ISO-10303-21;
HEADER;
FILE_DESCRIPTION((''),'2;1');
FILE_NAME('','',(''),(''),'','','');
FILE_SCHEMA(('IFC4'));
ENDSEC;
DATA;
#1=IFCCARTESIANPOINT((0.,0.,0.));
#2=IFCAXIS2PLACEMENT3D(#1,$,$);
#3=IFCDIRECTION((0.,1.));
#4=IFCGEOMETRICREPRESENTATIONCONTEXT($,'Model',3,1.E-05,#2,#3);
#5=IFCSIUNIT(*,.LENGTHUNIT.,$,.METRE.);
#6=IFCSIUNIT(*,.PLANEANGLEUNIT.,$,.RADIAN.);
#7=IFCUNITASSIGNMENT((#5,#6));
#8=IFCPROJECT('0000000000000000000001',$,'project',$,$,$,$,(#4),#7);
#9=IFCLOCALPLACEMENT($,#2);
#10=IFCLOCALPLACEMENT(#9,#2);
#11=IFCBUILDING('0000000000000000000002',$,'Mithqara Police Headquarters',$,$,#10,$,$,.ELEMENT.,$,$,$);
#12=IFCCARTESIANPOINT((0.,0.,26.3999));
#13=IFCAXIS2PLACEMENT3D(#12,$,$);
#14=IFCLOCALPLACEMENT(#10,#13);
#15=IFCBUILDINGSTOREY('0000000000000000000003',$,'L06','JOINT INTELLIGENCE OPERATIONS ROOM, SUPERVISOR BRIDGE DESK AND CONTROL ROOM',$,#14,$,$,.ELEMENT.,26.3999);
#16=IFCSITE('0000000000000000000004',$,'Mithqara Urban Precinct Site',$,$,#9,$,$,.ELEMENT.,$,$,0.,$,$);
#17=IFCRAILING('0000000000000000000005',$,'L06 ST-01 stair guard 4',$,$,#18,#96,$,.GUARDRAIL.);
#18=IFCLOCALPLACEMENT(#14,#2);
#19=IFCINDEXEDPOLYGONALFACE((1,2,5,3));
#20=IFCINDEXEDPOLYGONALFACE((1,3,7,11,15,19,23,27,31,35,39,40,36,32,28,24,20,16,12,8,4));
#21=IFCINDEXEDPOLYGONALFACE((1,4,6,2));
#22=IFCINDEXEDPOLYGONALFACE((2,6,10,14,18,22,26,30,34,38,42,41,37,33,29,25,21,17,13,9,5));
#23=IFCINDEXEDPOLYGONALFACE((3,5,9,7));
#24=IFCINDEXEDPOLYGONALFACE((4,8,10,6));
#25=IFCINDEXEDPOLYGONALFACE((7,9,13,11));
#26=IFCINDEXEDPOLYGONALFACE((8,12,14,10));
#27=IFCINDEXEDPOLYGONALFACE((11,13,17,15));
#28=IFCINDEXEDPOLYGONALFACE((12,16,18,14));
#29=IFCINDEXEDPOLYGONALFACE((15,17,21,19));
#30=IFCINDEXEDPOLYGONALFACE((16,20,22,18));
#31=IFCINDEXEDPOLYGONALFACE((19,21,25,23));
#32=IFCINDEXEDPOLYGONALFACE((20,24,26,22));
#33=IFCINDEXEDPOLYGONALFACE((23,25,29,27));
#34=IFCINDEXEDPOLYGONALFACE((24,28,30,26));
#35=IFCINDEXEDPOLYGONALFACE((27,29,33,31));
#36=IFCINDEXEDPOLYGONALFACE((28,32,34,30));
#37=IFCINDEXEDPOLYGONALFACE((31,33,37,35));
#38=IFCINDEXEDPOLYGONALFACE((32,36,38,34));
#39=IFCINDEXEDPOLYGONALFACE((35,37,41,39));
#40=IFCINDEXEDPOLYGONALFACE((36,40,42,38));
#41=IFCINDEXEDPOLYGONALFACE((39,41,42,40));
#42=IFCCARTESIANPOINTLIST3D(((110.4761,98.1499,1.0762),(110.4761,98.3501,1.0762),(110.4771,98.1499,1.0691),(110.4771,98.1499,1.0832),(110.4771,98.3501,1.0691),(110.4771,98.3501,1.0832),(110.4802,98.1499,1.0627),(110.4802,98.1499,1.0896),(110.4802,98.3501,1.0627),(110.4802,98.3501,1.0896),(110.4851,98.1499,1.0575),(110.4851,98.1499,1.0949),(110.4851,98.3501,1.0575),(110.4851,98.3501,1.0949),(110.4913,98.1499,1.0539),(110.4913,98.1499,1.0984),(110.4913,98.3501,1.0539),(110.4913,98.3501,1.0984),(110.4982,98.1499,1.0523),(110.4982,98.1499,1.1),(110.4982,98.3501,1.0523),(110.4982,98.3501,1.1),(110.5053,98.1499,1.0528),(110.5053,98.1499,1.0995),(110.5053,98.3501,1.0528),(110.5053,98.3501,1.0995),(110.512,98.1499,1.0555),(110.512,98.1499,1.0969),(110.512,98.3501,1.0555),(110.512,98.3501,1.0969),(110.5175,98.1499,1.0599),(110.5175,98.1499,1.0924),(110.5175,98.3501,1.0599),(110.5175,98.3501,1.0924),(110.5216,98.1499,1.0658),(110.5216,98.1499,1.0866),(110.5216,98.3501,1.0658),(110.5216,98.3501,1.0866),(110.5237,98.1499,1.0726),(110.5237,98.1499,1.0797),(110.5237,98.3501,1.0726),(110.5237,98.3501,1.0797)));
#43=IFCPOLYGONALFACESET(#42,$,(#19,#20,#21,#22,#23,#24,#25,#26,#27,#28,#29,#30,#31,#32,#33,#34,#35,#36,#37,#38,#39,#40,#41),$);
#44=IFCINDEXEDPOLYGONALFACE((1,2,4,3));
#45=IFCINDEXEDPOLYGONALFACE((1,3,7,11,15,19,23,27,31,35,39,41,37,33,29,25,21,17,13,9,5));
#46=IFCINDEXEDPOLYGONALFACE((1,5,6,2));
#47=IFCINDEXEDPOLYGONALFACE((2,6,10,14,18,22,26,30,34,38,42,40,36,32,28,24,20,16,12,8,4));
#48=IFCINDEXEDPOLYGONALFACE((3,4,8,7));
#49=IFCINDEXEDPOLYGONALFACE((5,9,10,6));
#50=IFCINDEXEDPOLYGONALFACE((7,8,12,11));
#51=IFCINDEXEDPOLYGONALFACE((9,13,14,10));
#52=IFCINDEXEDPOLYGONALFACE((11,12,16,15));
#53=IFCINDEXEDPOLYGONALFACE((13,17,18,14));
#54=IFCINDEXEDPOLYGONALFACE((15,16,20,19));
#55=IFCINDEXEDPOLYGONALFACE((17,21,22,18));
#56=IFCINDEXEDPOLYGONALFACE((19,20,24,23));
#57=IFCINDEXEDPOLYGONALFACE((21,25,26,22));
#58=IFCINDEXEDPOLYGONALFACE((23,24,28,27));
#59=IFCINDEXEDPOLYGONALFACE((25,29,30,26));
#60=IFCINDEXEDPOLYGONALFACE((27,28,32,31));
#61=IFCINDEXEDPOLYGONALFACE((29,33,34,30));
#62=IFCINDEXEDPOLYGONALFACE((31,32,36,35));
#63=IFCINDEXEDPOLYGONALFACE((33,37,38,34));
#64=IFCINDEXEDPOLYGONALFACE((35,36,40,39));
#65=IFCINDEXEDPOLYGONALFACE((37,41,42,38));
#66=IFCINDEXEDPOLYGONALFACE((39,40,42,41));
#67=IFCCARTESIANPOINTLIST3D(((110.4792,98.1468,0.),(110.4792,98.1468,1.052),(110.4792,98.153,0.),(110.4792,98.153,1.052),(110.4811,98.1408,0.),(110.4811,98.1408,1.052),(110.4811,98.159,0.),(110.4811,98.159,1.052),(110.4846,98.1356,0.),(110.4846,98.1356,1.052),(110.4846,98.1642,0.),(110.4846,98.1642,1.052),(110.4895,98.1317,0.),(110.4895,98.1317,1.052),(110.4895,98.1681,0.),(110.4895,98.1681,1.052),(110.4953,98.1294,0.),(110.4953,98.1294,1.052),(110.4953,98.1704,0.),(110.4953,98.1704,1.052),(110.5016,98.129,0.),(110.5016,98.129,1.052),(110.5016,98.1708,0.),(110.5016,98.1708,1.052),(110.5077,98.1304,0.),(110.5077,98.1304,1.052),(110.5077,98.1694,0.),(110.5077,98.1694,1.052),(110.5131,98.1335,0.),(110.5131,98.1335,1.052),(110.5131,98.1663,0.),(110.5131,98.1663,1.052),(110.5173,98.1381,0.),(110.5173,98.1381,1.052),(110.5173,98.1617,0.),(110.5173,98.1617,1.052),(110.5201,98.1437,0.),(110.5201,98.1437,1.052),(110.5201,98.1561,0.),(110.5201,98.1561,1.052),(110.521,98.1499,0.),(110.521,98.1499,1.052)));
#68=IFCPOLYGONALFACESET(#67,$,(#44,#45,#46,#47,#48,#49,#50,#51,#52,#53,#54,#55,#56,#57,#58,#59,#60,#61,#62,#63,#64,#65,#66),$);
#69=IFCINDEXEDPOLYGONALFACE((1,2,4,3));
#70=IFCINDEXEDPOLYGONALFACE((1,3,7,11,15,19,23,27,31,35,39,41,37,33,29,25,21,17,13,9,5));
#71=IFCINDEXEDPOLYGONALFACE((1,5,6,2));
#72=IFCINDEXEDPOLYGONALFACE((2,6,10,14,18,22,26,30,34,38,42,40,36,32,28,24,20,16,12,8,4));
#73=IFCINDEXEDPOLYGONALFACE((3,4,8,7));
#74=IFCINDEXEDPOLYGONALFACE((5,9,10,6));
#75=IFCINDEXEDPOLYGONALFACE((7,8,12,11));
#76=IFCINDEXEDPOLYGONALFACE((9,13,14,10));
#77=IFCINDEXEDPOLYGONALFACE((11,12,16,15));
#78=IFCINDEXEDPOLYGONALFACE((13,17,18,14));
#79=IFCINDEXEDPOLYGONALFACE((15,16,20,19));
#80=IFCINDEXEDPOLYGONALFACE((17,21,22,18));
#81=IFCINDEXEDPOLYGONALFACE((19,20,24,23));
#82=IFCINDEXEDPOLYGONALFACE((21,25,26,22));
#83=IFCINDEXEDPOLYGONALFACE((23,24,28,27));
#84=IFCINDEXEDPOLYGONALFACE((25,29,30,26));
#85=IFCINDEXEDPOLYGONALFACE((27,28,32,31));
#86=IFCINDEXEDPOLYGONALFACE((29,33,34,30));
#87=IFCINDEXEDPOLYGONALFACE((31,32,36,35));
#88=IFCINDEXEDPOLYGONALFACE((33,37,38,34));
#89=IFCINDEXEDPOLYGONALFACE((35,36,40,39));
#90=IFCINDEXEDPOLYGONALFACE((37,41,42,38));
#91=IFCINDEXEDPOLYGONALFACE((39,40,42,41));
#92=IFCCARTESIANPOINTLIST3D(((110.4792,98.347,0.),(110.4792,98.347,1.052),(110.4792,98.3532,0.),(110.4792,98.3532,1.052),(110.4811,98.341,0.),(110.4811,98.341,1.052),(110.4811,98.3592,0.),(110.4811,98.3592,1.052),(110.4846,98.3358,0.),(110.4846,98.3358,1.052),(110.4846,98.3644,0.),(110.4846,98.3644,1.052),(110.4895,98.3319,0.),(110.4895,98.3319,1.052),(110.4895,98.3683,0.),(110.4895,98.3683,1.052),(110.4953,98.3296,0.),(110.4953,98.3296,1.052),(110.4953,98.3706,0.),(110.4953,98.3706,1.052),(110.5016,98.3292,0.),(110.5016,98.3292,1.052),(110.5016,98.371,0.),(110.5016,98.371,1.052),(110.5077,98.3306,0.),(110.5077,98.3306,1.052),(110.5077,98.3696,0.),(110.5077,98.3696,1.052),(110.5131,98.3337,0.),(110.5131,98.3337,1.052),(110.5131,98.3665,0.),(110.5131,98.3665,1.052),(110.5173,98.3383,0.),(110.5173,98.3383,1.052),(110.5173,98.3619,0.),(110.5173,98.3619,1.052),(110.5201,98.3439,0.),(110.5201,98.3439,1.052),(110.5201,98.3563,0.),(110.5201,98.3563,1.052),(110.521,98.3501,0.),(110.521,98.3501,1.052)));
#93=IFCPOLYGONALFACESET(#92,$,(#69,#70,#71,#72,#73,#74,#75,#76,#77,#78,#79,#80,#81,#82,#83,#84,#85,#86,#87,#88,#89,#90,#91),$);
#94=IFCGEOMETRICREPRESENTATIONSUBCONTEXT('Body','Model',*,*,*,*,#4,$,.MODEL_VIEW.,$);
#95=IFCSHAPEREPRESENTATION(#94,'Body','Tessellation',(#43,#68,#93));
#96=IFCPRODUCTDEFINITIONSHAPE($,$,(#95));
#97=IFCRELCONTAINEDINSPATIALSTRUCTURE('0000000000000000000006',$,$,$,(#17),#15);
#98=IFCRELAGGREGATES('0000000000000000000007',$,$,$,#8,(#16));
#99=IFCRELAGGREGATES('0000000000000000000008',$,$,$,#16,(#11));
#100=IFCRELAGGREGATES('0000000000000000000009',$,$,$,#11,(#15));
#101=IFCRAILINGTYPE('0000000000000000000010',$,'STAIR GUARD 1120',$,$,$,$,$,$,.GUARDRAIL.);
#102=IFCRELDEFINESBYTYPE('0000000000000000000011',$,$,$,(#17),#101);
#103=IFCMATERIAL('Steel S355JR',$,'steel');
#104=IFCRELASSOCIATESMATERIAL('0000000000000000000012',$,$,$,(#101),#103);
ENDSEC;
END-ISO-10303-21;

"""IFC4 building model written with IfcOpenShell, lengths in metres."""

from ifc_helpers import new_model, si_unit, direction, frame, origin, origin_2d, place, context, subcontext, project, spatial, circle, extrude, material, type_object, element, save


model = new_model("IFC4")

# Units and contexts
model_context = context("Model", 3, precision=1e-05, world=origin(), true_north=direction((0.0, 1.0)))
body_context = subcontext(model_context, "Body", "Model", "MODEL_VIEW")
ifc_project = project(units=[si_unit("LENGTHUNIT", "METRE"), si_unit("PLANEANGLEUNIT", "RADIAN")], contexts=[model_context])

# Site, building, storey
site_placement = place(None, origin())
site = spatial("IfcSite", under=ifc_project, at=site_placement, Name="Mithqara Urban Precinct Site", CompositionType="ELEMENT", RefElevation=0.0)
building_placement = place(site_placement, origin())
building = spatial("IfcBuilding", under=site, at=building_placement, Name="Mithqara Police Headquarters", CompositionType="ELEMENT")
storey_placement = place(building_placement, frame((0.0, 0.0, 26.3999)))
storey = spatial("IfcBuildingStorey", under=building, at=storey_placement, Name="L06", Description="JOINT INTELLIGENCE OPERATIONS ROOM, SUPERVISOR BRIDGE DESK AND CONTROL ROOM", CompositionType="ELEMENT", Elevation=26.3999)

# Shared definitions
ifc_material_1 = material(Name="Steel S355JR", Category="steel")

# Railing
railing_type = type_object("IfcRailingType", Name="STAIR GUARD 1120", PredefinedType="GUARDRAIL", material=ifc_material_1)
railing_placement = place(storey_placement, frame((110.5, 98.1499, 0.0)))
element("IfcRailing", 1, at=railing_placement, inside=storey, type_object=railing_type, Name="L06 ST-01 stair guard 4", PredefinedType="GUARDRAIL", context=body_context, shape_type="SweptSolid", body=[
    extrude(circle(Radius=0.0239, at=origin_2d()), frame((0.0, 0.0, 1.0762), z_axis=(0.0, 1.0, 0.0), x_axis=(-1.0, 0.0, 0.0)), (0.0, 0.0, 1.0), 0.2002),
    extrude(circle(Radius=0.021, at=origin_2d()), origin(), (0.0, 0.0, 1.0), 1.052),
    extrude(circle(Radius=0.021, at=origin_2d()), frame((0.0, 0.2002, 0.0)), (0.0, 0.0, 1.0), 1.052),
])

save(model, "model.ifc")
